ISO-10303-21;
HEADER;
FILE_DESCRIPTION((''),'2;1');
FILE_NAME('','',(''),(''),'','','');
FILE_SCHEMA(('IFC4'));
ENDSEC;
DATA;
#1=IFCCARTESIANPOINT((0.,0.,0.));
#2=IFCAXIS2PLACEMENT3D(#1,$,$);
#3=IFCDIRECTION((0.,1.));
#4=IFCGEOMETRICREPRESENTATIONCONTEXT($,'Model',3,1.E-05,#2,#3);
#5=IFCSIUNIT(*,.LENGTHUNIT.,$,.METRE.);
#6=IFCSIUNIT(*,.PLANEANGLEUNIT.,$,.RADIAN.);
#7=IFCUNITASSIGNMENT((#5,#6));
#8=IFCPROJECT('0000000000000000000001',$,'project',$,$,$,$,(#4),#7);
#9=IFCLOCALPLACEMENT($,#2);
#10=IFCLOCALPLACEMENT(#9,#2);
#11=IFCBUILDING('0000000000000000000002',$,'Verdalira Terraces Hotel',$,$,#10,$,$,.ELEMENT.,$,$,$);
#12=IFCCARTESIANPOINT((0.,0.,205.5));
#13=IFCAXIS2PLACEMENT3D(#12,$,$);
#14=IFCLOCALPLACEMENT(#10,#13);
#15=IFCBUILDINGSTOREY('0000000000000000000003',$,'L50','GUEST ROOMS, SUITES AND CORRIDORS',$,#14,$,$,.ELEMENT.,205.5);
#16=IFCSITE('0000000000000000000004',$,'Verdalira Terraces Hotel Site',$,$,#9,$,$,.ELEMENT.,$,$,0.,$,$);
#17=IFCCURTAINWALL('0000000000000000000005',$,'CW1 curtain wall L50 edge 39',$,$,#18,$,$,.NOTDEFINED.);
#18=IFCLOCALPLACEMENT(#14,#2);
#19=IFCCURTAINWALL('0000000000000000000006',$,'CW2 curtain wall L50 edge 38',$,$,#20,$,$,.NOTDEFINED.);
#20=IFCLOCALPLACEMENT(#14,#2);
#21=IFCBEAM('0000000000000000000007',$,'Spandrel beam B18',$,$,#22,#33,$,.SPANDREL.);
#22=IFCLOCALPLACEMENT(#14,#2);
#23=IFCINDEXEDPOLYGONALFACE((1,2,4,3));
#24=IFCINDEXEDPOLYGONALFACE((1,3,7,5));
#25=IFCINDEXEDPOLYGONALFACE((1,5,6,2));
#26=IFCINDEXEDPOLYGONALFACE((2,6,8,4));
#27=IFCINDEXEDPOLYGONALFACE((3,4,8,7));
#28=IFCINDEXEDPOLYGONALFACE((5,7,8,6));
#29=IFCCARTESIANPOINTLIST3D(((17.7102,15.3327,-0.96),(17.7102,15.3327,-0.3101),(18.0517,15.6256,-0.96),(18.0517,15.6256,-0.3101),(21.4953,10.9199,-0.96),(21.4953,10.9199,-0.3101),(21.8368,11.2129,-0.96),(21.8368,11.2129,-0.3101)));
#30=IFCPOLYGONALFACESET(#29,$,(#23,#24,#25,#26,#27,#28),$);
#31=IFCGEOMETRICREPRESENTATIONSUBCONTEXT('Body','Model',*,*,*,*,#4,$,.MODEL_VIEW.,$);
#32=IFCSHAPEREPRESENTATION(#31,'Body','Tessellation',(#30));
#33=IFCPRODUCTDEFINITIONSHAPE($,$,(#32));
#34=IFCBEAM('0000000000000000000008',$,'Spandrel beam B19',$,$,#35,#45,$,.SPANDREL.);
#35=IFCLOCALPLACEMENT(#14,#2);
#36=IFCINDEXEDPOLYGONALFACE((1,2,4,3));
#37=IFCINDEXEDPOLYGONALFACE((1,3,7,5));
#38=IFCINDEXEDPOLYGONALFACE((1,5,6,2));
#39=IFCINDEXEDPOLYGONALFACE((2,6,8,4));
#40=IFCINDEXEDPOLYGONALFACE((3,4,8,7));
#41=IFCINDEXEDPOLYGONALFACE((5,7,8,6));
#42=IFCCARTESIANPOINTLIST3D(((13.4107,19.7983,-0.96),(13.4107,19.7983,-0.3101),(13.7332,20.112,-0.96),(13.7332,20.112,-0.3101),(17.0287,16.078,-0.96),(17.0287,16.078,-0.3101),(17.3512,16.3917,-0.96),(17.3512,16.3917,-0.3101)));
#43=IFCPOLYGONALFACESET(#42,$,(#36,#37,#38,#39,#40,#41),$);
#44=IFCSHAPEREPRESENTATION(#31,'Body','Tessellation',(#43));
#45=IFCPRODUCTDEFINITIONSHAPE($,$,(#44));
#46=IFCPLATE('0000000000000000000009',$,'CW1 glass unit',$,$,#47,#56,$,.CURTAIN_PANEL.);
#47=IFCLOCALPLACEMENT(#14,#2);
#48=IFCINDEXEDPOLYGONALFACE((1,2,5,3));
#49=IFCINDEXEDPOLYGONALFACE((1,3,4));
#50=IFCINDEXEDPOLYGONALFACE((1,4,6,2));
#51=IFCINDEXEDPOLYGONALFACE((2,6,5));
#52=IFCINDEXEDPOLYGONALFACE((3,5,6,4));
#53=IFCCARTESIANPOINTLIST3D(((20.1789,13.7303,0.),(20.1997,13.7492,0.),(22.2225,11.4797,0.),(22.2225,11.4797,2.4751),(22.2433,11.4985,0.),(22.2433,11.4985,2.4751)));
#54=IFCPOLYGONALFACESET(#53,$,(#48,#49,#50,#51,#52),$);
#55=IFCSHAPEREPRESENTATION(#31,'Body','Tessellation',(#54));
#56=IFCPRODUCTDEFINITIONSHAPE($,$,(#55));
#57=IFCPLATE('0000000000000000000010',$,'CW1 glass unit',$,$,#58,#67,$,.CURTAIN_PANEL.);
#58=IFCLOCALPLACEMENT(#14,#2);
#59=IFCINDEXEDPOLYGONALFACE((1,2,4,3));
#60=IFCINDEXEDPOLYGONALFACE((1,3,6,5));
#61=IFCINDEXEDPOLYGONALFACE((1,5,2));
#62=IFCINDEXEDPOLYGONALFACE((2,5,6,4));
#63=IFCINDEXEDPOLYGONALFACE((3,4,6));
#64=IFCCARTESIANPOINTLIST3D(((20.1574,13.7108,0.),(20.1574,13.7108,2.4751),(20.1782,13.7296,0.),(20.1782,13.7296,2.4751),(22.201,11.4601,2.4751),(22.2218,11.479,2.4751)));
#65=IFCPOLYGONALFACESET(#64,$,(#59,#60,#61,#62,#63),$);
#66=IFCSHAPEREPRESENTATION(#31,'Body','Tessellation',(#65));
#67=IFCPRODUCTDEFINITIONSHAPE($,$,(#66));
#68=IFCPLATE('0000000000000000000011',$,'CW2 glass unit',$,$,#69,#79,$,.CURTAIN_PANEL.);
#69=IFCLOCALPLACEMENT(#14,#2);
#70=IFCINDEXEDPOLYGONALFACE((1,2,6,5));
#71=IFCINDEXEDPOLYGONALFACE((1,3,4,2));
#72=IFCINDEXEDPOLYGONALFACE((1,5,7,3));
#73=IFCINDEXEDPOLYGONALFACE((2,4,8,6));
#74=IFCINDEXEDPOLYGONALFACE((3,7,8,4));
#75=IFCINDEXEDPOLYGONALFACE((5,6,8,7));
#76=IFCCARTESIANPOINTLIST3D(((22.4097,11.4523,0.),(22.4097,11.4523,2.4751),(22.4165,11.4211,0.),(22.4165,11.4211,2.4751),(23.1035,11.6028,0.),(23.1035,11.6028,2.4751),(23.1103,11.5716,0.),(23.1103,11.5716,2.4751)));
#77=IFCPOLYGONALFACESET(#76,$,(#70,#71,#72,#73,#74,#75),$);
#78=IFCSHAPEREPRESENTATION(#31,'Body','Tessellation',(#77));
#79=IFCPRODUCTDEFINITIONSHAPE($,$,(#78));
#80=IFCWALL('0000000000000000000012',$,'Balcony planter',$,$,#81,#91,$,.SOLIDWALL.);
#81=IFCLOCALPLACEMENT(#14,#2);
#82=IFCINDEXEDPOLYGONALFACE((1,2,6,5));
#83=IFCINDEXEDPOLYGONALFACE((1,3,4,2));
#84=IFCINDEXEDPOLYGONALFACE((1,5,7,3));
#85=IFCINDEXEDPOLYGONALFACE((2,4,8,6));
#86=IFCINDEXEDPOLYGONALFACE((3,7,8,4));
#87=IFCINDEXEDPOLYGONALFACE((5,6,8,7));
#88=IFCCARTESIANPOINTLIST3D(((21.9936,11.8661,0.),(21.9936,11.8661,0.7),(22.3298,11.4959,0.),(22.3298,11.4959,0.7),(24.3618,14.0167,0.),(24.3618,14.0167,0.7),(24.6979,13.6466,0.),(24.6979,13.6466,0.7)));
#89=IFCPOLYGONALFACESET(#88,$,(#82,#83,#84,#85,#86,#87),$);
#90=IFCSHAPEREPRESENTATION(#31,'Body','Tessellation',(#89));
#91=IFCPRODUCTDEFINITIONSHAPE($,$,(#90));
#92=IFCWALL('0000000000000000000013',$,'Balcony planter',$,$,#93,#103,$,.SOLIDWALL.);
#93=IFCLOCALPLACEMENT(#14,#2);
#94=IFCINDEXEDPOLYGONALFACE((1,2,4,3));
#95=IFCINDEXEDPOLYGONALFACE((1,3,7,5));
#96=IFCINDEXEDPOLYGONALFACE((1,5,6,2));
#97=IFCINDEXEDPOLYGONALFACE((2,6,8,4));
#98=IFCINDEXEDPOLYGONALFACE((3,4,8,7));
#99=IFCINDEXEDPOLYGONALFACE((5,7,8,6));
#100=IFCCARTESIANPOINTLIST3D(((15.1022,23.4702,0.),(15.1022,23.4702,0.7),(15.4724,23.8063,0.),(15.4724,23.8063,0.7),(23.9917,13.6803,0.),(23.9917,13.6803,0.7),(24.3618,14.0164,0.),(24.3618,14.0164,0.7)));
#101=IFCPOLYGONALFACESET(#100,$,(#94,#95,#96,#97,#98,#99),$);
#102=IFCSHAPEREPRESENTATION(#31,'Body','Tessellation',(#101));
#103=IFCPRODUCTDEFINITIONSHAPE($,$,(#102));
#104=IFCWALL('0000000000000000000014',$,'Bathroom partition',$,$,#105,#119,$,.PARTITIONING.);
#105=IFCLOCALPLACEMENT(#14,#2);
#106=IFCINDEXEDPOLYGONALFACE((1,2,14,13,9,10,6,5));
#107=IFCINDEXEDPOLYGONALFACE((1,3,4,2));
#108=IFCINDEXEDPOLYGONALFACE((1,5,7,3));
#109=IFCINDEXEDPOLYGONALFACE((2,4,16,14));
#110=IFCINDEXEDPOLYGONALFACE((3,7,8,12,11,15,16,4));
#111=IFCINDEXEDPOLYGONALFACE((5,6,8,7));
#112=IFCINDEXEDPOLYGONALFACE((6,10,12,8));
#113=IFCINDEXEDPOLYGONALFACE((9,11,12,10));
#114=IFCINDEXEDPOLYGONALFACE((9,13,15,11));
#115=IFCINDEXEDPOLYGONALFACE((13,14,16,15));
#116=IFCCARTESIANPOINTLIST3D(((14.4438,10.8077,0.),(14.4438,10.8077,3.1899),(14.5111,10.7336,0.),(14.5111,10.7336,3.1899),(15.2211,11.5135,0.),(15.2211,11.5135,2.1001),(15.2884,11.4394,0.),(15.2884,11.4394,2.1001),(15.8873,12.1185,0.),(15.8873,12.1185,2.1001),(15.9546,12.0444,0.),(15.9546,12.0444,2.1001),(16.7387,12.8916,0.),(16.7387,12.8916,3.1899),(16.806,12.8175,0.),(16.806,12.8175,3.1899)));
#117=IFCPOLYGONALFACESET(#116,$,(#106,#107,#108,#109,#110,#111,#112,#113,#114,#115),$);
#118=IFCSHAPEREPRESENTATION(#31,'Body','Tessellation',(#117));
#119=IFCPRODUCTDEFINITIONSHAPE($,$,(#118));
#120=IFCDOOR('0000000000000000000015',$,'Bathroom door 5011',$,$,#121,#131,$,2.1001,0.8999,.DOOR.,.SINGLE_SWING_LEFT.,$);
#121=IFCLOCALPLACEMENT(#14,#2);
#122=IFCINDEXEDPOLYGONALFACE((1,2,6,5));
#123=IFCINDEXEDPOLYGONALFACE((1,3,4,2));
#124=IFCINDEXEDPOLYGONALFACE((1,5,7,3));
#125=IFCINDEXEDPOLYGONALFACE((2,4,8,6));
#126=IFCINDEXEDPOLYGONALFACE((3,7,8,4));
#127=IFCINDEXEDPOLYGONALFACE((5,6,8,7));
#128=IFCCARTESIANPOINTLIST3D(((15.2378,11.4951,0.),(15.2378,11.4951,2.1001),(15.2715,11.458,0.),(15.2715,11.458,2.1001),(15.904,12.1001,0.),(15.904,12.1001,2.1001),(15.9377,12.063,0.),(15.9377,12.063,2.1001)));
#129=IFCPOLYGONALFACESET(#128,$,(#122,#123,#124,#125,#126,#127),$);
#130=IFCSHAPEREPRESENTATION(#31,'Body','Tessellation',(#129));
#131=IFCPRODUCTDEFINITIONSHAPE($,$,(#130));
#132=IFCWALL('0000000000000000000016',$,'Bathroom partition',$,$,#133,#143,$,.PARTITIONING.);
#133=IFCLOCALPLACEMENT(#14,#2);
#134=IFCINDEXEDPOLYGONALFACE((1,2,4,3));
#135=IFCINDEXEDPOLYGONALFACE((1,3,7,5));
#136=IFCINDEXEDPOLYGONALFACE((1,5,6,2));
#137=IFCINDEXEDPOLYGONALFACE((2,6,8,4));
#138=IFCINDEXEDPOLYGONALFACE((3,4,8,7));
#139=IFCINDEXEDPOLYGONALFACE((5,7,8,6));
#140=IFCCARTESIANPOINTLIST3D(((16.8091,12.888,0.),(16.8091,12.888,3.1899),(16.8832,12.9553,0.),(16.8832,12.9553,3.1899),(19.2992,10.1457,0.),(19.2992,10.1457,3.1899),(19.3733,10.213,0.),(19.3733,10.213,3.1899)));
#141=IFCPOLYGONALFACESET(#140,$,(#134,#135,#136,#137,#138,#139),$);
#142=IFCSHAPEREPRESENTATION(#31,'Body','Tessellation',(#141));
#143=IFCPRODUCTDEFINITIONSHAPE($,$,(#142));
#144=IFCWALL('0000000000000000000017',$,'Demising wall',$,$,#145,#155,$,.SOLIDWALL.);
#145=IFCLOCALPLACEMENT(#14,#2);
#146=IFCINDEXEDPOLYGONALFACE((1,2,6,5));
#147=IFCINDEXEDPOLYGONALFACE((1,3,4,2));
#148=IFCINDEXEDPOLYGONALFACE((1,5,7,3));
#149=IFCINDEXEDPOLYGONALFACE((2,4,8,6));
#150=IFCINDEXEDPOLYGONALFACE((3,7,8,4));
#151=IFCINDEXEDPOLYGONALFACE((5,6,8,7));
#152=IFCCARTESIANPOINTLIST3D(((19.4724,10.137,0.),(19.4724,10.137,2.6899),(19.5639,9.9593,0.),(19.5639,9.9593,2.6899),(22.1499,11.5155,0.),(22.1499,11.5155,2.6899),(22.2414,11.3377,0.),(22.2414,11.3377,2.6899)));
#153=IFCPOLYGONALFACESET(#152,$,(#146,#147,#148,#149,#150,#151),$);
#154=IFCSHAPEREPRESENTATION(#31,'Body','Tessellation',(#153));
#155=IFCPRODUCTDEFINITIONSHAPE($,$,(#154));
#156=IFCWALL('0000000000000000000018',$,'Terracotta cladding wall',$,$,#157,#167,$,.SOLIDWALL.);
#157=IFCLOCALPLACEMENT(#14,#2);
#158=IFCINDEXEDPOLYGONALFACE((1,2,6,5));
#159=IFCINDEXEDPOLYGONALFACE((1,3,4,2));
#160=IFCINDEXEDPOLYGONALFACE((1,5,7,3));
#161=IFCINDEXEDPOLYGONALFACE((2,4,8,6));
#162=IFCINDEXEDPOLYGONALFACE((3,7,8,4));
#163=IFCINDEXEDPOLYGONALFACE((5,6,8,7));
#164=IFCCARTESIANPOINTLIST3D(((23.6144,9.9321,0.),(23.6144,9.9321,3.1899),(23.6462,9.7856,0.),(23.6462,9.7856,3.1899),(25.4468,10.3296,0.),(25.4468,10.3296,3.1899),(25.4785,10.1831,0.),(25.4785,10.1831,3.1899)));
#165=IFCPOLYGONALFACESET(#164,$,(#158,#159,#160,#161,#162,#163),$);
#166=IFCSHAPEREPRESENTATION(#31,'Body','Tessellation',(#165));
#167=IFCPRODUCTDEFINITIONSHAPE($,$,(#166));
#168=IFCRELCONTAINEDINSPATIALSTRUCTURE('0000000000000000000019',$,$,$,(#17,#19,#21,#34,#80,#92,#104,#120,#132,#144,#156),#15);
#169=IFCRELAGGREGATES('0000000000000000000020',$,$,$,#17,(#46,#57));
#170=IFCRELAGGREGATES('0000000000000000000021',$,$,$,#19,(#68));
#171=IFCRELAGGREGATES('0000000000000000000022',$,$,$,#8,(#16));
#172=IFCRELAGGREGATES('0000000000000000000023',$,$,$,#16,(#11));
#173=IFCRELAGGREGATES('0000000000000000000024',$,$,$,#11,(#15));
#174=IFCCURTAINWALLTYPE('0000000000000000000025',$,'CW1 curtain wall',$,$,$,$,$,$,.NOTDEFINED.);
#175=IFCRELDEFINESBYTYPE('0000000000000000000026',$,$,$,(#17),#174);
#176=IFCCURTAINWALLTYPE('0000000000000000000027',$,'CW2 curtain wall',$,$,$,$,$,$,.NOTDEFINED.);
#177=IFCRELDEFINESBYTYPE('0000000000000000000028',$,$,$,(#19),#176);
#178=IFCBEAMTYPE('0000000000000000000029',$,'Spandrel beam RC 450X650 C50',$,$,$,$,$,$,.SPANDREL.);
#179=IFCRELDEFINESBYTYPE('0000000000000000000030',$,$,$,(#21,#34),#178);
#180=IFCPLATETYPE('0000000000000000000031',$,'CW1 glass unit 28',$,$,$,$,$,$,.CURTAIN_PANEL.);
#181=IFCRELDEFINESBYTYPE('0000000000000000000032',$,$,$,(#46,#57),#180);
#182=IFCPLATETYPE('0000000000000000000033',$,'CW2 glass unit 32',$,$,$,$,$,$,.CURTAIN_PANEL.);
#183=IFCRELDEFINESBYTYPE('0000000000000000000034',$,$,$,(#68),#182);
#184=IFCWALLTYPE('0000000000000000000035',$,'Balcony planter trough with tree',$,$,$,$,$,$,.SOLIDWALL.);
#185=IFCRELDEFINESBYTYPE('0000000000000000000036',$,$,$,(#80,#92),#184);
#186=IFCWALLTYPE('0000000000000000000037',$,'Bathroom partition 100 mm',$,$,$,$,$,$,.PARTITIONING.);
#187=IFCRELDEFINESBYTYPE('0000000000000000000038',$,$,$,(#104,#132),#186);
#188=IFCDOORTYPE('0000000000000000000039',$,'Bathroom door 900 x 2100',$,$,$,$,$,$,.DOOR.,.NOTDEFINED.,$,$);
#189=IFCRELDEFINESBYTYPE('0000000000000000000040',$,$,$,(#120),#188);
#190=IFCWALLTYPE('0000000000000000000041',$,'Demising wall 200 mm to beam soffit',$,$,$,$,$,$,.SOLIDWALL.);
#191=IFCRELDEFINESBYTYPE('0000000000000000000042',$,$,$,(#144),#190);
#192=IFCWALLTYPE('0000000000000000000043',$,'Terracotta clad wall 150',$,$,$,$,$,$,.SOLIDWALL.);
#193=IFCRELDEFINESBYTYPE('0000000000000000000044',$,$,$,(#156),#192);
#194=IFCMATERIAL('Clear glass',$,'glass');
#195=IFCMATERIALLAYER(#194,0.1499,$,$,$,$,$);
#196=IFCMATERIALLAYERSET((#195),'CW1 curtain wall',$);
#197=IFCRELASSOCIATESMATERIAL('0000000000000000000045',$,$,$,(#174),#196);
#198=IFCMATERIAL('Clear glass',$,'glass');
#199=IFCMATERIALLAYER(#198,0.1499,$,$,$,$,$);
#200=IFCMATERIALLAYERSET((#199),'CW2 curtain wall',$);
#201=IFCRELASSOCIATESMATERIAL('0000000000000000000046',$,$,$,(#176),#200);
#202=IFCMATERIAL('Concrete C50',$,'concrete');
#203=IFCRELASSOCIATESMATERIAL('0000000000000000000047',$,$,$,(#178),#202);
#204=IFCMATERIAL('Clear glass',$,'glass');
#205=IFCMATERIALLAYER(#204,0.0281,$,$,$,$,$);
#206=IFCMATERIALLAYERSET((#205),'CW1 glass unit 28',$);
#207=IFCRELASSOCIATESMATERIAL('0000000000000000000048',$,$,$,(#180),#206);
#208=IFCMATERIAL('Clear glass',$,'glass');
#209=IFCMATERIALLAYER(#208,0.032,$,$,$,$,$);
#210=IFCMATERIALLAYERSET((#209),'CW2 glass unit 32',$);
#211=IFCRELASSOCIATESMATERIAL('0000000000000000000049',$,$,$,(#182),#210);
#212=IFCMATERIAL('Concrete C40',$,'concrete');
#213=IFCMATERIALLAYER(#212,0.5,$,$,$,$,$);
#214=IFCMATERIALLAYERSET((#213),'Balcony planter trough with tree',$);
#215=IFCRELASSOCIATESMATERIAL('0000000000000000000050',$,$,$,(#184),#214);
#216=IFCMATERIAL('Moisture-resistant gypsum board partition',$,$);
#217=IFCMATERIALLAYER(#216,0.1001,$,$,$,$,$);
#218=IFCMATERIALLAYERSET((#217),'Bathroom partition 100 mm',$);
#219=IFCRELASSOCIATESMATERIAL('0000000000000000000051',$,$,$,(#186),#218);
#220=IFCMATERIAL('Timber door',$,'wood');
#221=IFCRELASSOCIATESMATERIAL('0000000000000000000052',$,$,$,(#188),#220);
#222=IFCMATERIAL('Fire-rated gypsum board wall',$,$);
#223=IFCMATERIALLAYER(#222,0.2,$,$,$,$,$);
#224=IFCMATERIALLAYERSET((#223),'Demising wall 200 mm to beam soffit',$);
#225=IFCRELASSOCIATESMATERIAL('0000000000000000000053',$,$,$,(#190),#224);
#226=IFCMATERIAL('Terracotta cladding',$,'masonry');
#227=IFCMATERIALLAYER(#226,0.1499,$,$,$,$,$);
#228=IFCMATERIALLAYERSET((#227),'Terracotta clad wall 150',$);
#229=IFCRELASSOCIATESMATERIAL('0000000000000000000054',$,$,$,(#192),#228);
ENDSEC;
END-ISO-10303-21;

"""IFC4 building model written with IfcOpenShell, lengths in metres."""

from ifc_helpers import new_model, si_unit, direction, frame, frame_2d, origin, origin_2d, place, context, subcontext, project, spatial, polyline, rectangle, outline, extrude, material, layer, layer_set, material_profile, profile_set, type_object, element, fill, aggregate, save


model = new_model("IFC4")

# Units and contexts
model_context = context("Model", 3, precision=1e-05, world=origin(), true_north=direction((0.0, 1.0)))
body_context = subcontext(model_context, "Body", "Model", "MODEL_VIEW")
ifc_project = project(units=[si_unit("LENGTHUNIT", "METRE"), si_unit("PLANEANGLEUNIT", "RADIAN")], contexts=[model_context])

# Site, building, storey
site_placement = place(None, origin())
site = spatial("IfcSite", under=ifc_project, at=site_placement, Name="Verdalira Terraces Hotel Site", CompositionType="ELEMENT", RefElevation=0.0)
building_placement = place(site_placement, origin())
building = spatial("IfcBuilding", under=site, at=building_placement, Name="Verdalira Terraces Hotel", CompositionType="ELEMENT")
storey_placement = place(building_placement, frame((0.0, 0.0, 205.5)))
storey = spatial("IfcBuildingStorey", under=building, at=storey_placement, Name="L50", Description="GUEST ROOMS, SUITES AND CORRIDORS", CompositionType="ELEMENT", Elevation=205.5)

# Curtain walls
ifc_material_1 = material(Name="Clear glass", Category="glass")
ifc_layer_1 = layer(ifc_material_1, 0.1499)
ifc_layer_set_1 = layer_set([ifc_layer_1], Name="CW1 curtain wall")
curtain_wall_type_1 = type_object("IfcCurtainWallType", Name="CW1 curtain wall", PredefinedType="NOTDEFINED", material=ifc_layer_set_1)
curtain_wall_1_placement = place(storey_placement, origin())
curtain_wall_1 = element("IfcCurtainWall", 1, at=curtain_wall_1_placement, inside=storey, type_object=curtain_wall_type_1, Name="CW1 curtain wall L50 edge 39", PredefinedType="NOTDEFINED")
ifc_material_2 = material(Name="Clear glass", Category="glass")
ifc_layer_2 = layer(ifc_material_2, 0.1499)
ifc_layer_set_2 = layer_set([ifc_layer_2], Name="CW2 curtain wall")
curtain_wall_type_2 = type_object("IfcCurtainWallType", Name="CW2 curtain wall", PredefinedType="NOTDEFINED", material=ifc_layer_set_2)
curtain_wall_2_placement = place(storey_placement, origin())
curtain_wall_2 = element("IfcCurtainWall", 2, at=curtain_wall_2_placement, inside=storey, type_object=curtain_wall_type_2, Name="CW2 curtain wall L50 edge 38", PredefinedType="NOTDEFINED")

# Beams
ifc_material_3 = material(Name="Concrete C50", Category="concrete")
ifc_material_profile_1 = material_profile(ifc_material_3, rectangle(XDim=0.45, YDim=0.6499, at=origin_2d()), Name="RC 450X650")
ifc_profile_set_1 = profile_set([ifc_material_profile_1], Name="Concrete C50")
beam_type_1 = type_object("IfcBeamType", Name="Spandrel beam RC 450X650 C50", PredefinedType="SPANDREL", material=ifc_profile_set_1)
beam_1_placement = place(storey_placement, frame((21.666, 11.0664, -0.635), z_axis=(-0.651061, 0.759025, 0.0), x_axis=(-0.759025, -0.651061, 0.0)))
element("IfcBeam", 3, at=beam_1_placement, inside=storey, type_object=beam_type_1, Name="Spandrel beam B18", PredefinedType="SPANDREL", context=body_context, shape_type="SweptSolid", body=[
    extrude(rectangle(XDim=0.45, YDim=0.6499, at=origin_2d()), origin(), (0.0, 0.0, 1.0), 5.8137),
])
beam_2_placement = place(storey_placement, frame((17.1899, 16.2349, -0.635), z_axis=(-0.697182, 0.716894, 0.0), x_axis=(-0.716894, -0.697182, 0.0)))
element("IfcBeam", 4, at=beam_2_placement, inside=storey, type_object=beam_type_1, Name="Spandrel beam B19", PredefinedType="SPANDREL", context=body_context, shape_type="SweptSolid", body=[
    extrude(rectangle(XDim=0.45, YDim=0.6499, at=origin_2d()), origin(), (0.0, 0.0, 1.0), 5.1895),
])

# Plates
ifc_material_4 = material(Name="Clear glass", Category="glass")
ifc_layer_3 = layer(ifc_material_4, 0.0281)
ifc_layer_set_3 = layer_set([ifc_layer_3], Name="CW1 glass unit 28")
plate_type_1 = type_object("IfcPlateType", Name="CW1 glass unit 28", PredefinedType="CURTAIN_PANEL", material=ifc_layer_set_3)
plate_1_placement = place(storey_placement, frame((21.2007, 12.605, 1.2375), z_axis=(0.740335, 0.672238, 0.0), x_axis=(-0.672238, 0.740335, 0.0)))
plate_1 = element("IfcPlate", 5, at=plate_1_placement, type_object=plate_type_1, Name="CW1 glass unit", PredefinedType="CURTAIN_PANEL", context=body_context, shape_type="SweptSolid", body=[
    extrude(outline(polyline([(-1.52, -1.2375), (1.52, -1.2375), (-1.52, 1.2375), (-1.52, -1.2375)])), origin(), (0.0, 0.0, 1.0), 0.0281),
])
plate_2_placement = place(storey_placement, frame((21.1792, 12.5854, 1.2375), z_axis=(0.740335, 0.672238, 0.0), x_axis=(-0.672238, 0.740335, 0.0)))
plate_2 = element("IfcPlate", 6, at=plate_2_placement, type_object=plate_type_1, Name="CW1 glass unit", PredefinedType="CURTAIN_PANEL", context=body_context, shape_type="SweptSolid", body=[
    extrude(outline(polyline([(1.52, -1.2375), (1.52, 1.2375), (-1.52, 1.2375), (1.52, -1.2375)])), origin(), (0.0, 0.0, 1.0), 0.0281),
])
aggregate(curtain_wall_1, [plate_1, plate_2])
ifc_material_5 = material(Name="Clear glass", Category="glass")
ifc_layer_4 = layer(ifc_material_5, 0.032)
ifc_layer_set_4 = layer_set([ifc_layer_4], Name="CW2 glass unit 32")
plate_type_2 = type_object("IfcPlateType", Name="CW2 glass unit 32", PredefinedType="CURTAIN_PANEL", material=ifc_layer_set_4)
plate_3_placement = place(storey_placement, frame((22.76, 11.512, 0.0), z_axis=(0.0, 0.0, 1.0), x_axis=(-0.977268, -0.212007, 0.0)))
plate_3 = element("IfcPlate", 7, at=plate_3_placement, type_object=plate_type_2, Name="CW2 glass unit", PredefinedType="CURTAIN_PANEL", context=body_context, shape_type="SweptSolid", body=[
    extrude(rectangle(XDim=0.71, YDim=0.032, at=origin_2d()), origin(), (0.0, 0.0, 1.0), 2.4751),
])
aggregate(curtain_wall_2, [plate_3])

# Walls
ifc_material_6 = material(Name="Concrete C40", Category="concrete")
ifc_layer_5 = layer(ifc_material_6, 0.5)
ifc_layer_set_5 = layer_set([ifc_layer_5], Name="Balcony planter trough with tree")
wall_type_1 = type_object("IfcWallType", Name="Balcony planter trough with tree", PredefinedType="SOLIDWALL", material=ifc_layer_set_5)
wall_1_placement = place(storey_placement, frame((22.1616, 11.6809, 0.0), z_axis=(0.0, 0.0, 1.0), x_axis=(0.740289, 0.672289, 0.0)))
element("IfcWall", 8, at=wall_1_placement, inside=storey, type_object=wall_type_1, Name="Balcony planter", PredefinedType="SOLIDWALL", context=body_context, shape_type="SweptSolid", body=[
    extrude(rectangle(XDim=3.199, YDim=0.5, at=frame_2d((1.5996, 0.0))), origin(), (0.0, 0.0, 1.0), 0.7),
])
wall_2_placement = place(storey_placement, frame((24.1768, 13.8484, 0.0), z_axis=(0.0, 0.0, 1.0), x_axis=(-0.672242, 0.740332, 0.0)))
element("IfcWall", 9, at=wall_2_placement, inside=storey, type_object=wall_type_1, Name="Balcony planter", PredefinedType="SOLIDWALL", context=body_context, shape_type="SweptSolid", body=[
    extrude(rectangle(XDim=13.2236, YDim=0.5, at=frame_2d((6.6118, 0.0))), origin(), (0.0, 0.0, 1.0), 0.7),
])

# Wall, opening, door
ifc_material_7 = material(Name="Moisture-resistant gypsum board partition")
ifc_layer_6 = layer(ifc_material_7, 0.1001)
ifc_layer_set_6 = layer_set([ifc_layer_6], Name="Bathroom partition 100 mm")
wall_type_2 = type_object("IfcWallType", Name="Bathroom partition 100 mm", PredefinedType="PARTITIONING", material=ifc_layer_set_6)
wall_3_placement = place(storey_placement, frame((16.7722, 12.8545, 0.0), z_axis=(0.0, 0.0, 1.0), x_axis=(-0.740311, -0.672265, 0.0)))
wall_3 = element("IfcWall", 10, at=wall_3_placement, inside=storey, type_object=wall_type_2, Name="Bathroom partition", PredefinedType="PARTITIONING", context=body_context, shape_type="SweptSolid", body=[
    extrude(rectangle(XDim=3.0999, YDim=0.1001, at=frame_2d((1.5498, 0.0))), origin(), (0.0, 0.0, 1.0), 3.1899),
])
opening_1_placement = place(wall_3_placement, frame((1.1499, 0.0, 0.0)))
opening_1 = element("IfcOpeningElement", 11, at=opening_1_placement, cuts=wall_3, PredefinedType="OPENING", context=body_context, shape_type="SweptSolid", body=[
    extrude(rectangle(XDim=0.8999, YDim=2.1001, at=frame_2d((0.45, 1.05))), frame((0.0, 0.0601, 0.0), z_axis=(0.0, -1.0, 0.0), x_axis=(1.0, 0.0, 0.0)), (0.0, 0.0, 1.0), 0.1201),
])
ifc_material_8 = material(Name="Timber door", Category="wood")
door_type_1 = type_object("IfcDoorType", Name="Bathroom door 900 x 2100", OperationType="NOTDEFINED", PredefinedType="DOOR", material=ifc_material_8)
door_1_placement = place(opening_1_placement, origin())
door_1 = element("IfcDoor", 12, at=door_1_placement, inside=storey, type_object=door_type_1, Name="Bathroom door 5011", OperationType="SINGLE_SWING_LEFT", OverallHeight=2.1001, OverallWidth=0.8999, PredefinedType="DOOR", context=body_context, shape_type="SweptSolid", body=[
    extrude(rectangle(XDim=0.8999, YDim=2.1001, at=frame_2d((0.45, 1.05))), frame((0.0, 0.0249, 0.0), z_axis=(0.0, -1.0, 0.0), x_axis=(1.0, 0.0, 0.0)), (0.0, 0.0, 1.0), 0.05),
])
fill(opening_1, door_1)

# Walls
wall_4_placement = place(storey_placement, frame((16.8462, 12.9216, 0.0), z_axis=(0.0, 0.0, 1.0), x_axis=(0.672243, -0.740331, 0.0)))
element("IfcWall", 13, at=wall_4_placement, inside=storey, type_object=wall_type_2, Name="Bathroom partition", PredefinedType="PARTITIONING", context=body_context, shape_type="SweptSolid", body=[
    extrude(rectangle(XDim=3.7041, YDim=0.1001, at=frame_2d((1.8521, 0.0))), origin(), (0.0, 0.0, 1.0), 3.1899),
])
ifc_material_9 = material(Name="Fire-rated gypsum board wall")
ifc_layer_7 = layer(ifc_material_9, 0.2)
ifc_layer_set_7 = layer_set([ifc_layer_7], Name="Demising wall 200 mm to beam soffit")
wall_type_3 = type_object("IfcWallType", Name="Demising wall 200 mm to beam soffit", PredefinedType="SOLIDWALL", material=ifc_layer_set_7)
wall_5_placement = place(storey_placement, frame((19.5181, 10.0481, 0.0), z_axis=(0.0, 0.0, 1.0), x_axis=(0.889096, 0.457722, 0.0)))
element("IfcWall", 14, at=wall_5_placement, inside=storey, type_object=wall_type_3, Name="Demising wall", PredefinedType="SOLIDWALL", context=body_context, shape_type="SweptSolid", body=[
    extrude(rectangle(XDim=3.0115, YDim=0.2, at=frame_2d((1.5059, 0.0))), origin(), (0.0, 0.0, 1.0), 2.6899),
])
ifc_material_10 = material(Name="Terracotta cladding", Category="masonry")
ifc_layer_8 = layer(ifc_material_10, 0.1499)
ifc_layer_set_8 = layer_set([ifc_layer_8], Name="Terracotta clad wall 150")
wall_type_4 = type_object("IfcWallType", Name="Terracotta clad wall 150", PredefinedType="SOLIDWALL", material=ifc_layer_set_8)
wall_6_placement = place(storey_placement, frame((25.4626, 10.2563, 0.0), z_axis=(0.0, 0.0, 1.0), x_axis=(-0.977271, -0.211992, 0.0)))
element("IfcWall", 15, at=wall_6_placement, inside=storey, type_object=wall_type_4, Name="Terracotta cladding wall", PredefinedType="SOLIDWALL", context=body_context, shape_type="SweptSolid", body=[
    extrude(rectangle(XDim=1.875, YDim=0.1499, at=frame_2d((0.9375, 0.0))), origin(), (0.0, 0.0, 1.0), 3.1899),
])

save(model, "model.ifc")
